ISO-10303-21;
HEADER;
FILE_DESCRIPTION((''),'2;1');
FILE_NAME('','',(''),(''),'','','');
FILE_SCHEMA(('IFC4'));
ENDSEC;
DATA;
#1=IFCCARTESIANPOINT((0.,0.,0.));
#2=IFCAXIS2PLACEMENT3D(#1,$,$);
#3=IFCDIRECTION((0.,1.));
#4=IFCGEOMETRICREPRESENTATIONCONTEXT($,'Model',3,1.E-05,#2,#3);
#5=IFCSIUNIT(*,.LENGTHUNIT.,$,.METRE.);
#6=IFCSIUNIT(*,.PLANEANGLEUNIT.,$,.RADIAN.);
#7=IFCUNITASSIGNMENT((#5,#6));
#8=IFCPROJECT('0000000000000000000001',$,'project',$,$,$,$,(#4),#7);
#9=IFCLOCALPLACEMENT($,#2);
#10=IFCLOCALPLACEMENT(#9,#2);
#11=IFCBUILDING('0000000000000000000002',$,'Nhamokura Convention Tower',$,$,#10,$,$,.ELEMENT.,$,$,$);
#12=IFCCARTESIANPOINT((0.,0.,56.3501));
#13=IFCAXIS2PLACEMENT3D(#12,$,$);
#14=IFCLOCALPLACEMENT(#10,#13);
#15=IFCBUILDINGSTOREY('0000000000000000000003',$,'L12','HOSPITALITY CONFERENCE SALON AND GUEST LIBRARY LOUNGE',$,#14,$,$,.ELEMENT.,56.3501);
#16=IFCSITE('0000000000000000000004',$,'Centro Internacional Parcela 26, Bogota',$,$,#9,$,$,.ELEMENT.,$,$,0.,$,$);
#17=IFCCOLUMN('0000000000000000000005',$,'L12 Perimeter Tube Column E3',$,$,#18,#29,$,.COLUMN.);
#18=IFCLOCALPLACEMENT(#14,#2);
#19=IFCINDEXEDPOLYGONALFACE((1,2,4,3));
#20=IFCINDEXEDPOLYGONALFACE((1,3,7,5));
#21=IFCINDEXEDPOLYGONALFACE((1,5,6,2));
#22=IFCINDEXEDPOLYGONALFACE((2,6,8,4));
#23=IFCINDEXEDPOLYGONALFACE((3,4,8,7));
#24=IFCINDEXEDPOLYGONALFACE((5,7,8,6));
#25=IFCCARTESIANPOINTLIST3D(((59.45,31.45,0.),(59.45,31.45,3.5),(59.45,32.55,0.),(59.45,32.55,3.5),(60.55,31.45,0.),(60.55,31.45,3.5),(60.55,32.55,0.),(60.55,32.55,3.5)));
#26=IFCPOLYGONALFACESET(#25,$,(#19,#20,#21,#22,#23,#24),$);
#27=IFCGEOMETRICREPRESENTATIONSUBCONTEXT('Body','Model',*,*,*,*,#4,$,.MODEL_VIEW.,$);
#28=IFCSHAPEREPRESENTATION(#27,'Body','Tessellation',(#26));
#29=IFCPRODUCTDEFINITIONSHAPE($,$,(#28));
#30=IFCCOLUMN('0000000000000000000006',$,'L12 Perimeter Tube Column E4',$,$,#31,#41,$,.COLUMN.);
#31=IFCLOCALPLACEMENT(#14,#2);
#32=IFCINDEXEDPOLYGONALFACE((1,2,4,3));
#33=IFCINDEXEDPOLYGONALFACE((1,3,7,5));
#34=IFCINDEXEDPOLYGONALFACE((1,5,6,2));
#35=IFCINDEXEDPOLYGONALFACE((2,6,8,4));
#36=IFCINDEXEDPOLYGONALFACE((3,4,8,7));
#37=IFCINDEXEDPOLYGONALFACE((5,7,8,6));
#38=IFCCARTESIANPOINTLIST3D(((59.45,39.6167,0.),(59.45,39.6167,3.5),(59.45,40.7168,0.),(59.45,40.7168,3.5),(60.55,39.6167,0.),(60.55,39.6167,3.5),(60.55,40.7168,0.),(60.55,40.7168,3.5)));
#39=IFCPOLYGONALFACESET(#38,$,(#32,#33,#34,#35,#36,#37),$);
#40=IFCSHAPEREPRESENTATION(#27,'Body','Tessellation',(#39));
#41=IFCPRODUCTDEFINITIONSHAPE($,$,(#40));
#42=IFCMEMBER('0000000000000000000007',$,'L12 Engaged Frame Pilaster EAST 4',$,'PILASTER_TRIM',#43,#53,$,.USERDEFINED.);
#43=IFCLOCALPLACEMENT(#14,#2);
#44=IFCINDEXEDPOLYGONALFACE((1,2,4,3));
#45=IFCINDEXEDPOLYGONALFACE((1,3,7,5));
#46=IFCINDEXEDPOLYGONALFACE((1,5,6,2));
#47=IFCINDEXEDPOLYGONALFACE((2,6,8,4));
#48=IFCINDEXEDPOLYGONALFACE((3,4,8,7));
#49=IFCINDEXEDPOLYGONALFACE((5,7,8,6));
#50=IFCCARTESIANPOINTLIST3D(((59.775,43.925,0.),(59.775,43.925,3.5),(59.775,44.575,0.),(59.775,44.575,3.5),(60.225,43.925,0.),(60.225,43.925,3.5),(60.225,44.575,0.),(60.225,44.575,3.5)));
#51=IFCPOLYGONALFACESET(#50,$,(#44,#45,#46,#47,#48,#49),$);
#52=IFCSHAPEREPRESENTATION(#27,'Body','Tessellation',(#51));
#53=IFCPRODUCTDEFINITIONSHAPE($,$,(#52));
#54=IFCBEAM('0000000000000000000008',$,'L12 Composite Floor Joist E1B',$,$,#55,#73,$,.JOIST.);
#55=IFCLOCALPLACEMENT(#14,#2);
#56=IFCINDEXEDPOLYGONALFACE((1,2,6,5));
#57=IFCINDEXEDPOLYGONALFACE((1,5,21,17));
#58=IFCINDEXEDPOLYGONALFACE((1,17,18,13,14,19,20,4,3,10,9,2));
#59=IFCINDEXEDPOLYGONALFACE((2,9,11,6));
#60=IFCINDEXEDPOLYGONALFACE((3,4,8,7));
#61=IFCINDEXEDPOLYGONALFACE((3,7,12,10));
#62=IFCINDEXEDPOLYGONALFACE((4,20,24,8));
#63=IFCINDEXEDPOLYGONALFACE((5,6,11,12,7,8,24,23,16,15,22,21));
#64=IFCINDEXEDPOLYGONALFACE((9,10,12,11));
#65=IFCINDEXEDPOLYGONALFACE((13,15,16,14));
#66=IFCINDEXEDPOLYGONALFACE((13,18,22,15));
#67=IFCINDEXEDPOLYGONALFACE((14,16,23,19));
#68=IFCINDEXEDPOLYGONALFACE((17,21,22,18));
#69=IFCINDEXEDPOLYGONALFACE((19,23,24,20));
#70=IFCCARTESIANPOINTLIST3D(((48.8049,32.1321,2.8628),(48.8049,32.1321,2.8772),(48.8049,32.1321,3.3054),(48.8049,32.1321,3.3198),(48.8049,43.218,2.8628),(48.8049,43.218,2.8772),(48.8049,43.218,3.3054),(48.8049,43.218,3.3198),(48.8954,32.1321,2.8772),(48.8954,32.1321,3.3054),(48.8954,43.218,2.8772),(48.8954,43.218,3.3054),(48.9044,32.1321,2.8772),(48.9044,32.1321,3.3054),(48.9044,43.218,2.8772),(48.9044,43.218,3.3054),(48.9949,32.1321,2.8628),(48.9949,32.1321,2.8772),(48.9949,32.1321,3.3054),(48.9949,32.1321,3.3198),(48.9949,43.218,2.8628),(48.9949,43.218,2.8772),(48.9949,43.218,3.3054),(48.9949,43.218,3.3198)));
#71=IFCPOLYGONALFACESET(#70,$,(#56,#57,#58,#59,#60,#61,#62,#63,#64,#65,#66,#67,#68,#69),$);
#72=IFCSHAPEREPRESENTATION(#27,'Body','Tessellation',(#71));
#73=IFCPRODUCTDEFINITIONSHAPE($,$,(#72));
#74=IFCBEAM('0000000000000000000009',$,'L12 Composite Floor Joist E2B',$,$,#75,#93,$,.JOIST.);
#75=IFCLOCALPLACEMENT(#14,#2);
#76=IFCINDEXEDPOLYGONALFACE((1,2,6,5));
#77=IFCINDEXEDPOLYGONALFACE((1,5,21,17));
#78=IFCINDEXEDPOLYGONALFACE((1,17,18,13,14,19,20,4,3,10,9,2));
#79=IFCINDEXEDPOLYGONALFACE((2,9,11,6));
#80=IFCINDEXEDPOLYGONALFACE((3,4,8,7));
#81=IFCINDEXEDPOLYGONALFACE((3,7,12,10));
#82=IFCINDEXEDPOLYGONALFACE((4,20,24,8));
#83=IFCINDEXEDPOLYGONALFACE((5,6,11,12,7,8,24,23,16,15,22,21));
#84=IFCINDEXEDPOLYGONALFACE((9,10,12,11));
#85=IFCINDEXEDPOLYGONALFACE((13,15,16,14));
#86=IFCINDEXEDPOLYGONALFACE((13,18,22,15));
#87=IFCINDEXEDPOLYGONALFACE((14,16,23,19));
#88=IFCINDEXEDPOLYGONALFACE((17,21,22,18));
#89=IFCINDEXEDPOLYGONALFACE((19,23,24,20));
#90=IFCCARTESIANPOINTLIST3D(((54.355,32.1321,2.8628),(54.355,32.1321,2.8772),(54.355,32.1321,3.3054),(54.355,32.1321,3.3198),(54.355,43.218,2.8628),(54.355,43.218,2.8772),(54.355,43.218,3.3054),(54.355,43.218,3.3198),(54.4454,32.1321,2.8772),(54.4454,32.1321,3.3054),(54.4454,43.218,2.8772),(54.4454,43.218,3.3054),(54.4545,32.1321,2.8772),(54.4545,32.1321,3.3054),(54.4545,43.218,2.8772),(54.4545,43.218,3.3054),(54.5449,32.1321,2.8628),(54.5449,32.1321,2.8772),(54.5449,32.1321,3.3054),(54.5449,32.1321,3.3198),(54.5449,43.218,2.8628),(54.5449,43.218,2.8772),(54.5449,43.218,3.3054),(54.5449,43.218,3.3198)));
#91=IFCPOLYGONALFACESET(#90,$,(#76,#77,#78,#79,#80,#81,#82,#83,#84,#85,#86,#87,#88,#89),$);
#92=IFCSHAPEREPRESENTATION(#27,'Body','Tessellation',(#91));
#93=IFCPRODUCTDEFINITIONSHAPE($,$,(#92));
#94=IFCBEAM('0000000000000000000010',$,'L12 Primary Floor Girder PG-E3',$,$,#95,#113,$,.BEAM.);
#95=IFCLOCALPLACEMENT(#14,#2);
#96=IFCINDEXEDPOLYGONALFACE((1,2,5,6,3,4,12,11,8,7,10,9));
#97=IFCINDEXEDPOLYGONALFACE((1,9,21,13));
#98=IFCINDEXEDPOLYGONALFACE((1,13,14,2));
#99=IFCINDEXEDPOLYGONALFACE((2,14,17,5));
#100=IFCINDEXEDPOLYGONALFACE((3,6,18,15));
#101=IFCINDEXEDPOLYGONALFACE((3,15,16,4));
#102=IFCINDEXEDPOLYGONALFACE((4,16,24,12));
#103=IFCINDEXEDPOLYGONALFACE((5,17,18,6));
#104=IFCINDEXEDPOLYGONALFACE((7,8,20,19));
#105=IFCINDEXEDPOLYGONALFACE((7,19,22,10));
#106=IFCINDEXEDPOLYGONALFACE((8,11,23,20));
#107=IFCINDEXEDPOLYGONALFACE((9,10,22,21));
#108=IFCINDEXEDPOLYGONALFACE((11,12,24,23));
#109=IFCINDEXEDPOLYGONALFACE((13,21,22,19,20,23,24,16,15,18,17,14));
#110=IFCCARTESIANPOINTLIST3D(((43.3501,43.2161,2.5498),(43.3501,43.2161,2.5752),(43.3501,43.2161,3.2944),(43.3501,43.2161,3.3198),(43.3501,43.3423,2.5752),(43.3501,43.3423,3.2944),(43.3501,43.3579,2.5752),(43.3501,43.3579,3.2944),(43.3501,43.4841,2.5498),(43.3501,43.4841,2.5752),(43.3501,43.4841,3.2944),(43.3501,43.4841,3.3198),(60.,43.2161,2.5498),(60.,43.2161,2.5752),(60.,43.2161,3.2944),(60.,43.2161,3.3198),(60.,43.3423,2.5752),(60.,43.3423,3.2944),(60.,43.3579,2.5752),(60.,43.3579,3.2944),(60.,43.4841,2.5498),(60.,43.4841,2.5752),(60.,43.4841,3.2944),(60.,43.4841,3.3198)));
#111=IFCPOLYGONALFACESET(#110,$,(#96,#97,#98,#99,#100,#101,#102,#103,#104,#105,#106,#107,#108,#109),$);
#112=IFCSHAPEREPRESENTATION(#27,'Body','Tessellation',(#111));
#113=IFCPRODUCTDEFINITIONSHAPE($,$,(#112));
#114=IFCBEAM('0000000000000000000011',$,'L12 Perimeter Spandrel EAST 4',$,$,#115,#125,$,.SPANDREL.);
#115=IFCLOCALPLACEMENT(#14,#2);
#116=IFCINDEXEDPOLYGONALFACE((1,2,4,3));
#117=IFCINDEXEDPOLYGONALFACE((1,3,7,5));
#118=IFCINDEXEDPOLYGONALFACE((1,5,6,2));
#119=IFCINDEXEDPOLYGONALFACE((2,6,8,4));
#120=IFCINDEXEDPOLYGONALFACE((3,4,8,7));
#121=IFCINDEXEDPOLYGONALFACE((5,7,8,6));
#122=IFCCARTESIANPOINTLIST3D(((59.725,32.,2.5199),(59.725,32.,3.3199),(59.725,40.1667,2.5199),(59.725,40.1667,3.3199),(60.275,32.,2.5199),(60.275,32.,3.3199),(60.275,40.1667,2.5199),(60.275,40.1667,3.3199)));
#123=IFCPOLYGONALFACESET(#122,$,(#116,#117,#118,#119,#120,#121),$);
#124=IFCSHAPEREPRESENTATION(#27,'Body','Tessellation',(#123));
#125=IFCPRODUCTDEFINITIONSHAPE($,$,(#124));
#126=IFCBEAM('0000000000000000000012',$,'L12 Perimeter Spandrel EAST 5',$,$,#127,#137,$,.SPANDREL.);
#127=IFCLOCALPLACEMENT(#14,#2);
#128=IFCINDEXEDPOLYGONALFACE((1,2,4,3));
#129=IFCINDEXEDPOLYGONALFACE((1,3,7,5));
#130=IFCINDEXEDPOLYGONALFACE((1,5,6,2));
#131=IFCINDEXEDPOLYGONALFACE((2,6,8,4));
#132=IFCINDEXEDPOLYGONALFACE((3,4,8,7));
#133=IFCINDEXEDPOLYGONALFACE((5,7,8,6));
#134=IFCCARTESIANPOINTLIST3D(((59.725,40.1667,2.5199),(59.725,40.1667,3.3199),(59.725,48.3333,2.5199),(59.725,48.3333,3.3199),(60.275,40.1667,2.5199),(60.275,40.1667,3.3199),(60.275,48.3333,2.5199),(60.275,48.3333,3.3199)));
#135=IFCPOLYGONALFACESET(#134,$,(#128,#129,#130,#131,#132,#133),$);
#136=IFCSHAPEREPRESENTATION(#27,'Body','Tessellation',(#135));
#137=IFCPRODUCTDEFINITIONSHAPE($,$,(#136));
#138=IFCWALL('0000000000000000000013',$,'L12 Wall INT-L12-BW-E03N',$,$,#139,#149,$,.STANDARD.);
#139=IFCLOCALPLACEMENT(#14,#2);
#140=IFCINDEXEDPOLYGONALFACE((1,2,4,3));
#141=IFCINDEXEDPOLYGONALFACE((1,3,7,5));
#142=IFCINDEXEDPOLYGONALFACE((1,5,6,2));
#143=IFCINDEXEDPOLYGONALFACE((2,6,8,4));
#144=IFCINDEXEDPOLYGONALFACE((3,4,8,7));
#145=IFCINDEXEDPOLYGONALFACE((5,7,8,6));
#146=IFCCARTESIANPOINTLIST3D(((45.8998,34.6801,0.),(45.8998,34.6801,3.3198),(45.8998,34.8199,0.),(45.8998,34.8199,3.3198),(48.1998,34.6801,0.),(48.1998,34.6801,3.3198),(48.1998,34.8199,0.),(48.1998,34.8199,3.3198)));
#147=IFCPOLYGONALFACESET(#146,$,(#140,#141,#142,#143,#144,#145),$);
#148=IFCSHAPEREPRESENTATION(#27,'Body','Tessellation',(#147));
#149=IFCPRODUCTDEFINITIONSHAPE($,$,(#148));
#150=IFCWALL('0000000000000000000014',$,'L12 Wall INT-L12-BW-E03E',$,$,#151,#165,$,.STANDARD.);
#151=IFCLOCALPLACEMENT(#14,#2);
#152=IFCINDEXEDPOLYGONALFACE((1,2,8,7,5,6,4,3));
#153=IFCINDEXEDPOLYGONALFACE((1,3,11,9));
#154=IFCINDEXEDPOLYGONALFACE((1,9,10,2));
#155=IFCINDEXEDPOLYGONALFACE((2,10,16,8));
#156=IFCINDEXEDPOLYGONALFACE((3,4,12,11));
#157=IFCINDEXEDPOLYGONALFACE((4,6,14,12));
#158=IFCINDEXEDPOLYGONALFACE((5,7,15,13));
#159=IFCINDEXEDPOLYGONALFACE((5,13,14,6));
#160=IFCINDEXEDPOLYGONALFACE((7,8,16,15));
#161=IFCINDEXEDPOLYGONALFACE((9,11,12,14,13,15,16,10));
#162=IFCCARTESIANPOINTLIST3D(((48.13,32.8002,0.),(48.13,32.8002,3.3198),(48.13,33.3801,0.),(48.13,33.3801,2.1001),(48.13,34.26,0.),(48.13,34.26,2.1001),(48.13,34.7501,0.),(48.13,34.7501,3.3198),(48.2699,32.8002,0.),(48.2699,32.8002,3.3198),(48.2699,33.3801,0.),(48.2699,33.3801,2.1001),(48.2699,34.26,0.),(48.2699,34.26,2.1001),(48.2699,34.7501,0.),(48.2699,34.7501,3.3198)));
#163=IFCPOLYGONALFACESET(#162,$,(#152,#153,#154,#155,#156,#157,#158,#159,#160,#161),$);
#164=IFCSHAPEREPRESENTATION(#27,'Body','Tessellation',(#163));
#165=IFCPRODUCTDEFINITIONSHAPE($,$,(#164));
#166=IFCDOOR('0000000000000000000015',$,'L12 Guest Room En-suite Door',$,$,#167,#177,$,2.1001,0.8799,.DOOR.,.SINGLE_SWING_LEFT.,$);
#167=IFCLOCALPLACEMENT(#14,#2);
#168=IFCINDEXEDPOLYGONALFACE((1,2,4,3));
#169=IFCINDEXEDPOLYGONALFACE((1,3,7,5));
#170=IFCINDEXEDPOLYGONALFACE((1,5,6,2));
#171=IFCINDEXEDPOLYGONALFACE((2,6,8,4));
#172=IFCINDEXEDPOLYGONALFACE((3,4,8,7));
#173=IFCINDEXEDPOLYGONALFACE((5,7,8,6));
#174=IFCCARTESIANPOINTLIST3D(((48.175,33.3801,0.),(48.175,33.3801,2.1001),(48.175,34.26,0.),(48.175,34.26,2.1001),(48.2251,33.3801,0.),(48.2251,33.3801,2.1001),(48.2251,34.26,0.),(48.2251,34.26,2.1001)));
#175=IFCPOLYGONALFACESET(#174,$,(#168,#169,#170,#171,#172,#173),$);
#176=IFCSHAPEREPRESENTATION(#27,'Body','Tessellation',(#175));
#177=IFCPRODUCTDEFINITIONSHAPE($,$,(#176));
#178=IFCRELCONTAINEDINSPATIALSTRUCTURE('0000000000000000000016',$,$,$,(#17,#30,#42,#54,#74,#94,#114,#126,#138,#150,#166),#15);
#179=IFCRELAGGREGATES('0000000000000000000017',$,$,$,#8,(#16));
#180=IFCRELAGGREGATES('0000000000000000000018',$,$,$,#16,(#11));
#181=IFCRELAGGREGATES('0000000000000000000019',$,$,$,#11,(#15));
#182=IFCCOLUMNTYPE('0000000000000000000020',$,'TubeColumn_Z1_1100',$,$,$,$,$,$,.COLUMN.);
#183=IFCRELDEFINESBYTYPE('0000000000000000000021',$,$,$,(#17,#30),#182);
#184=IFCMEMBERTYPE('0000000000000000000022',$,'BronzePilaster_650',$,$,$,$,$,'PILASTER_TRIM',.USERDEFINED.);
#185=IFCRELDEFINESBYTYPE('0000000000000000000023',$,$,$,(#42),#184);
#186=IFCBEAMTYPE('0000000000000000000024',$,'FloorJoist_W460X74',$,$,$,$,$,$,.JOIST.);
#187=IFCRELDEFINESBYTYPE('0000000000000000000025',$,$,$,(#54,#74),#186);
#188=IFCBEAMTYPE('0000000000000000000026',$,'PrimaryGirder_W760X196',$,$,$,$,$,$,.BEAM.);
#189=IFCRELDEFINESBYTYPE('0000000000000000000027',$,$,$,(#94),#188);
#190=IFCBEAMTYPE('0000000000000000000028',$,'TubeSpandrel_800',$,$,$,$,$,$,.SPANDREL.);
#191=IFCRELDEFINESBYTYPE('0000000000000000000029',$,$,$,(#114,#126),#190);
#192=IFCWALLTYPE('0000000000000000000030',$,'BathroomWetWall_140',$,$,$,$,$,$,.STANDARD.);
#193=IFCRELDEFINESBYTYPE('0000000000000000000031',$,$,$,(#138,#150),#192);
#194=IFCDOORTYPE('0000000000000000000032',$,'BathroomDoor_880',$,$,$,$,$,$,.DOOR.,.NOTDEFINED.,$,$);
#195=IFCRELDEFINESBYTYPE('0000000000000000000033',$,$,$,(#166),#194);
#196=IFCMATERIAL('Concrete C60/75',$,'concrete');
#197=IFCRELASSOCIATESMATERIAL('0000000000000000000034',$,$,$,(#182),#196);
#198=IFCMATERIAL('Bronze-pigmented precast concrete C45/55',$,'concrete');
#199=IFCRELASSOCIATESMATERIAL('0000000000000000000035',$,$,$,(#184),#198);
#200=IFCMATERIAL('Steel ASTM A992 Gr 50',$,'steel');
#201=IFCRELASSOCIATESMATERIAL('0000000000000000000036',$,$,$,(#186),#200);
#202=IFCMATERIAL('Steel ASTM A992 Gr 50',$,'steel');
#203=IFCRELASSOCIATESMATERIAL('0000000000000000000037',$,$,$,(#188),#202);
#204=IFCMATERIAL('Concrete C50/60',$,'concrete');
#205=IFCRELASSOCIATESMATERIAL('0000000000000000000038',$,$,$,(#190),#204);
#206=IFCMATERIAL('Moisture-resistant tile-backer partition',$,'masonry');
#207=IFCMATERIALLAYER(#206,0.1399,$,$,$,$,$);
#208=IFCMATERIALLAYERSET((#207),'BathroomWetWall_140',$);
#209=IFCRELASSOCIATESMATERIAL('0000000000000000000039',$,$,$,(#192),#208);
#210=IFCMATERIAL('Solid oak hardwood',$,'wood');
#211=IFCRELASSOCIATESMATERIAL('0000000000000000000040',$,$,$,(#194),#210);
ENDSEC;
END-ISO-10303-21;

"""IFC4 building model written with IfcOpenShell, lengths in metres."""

from ifc_helpers import new_model, si_unit, direction, frame, frame_2d, origin, origin_2d, place, context, subcontext, project, spatial, rectangle, i_section, extrude, material, layer, layer_set, material_profile, profile_set, type_object, element, fill, save


model = new_model("IFC4")

# Units and contexts
model_context = context("Model", 3, precision=1e-05, world=origin(), true_north=direction((0.0, 1.0)))
body_context = subcontext(model_context, "Body", "Model", "MODEL_VIEW")
ifc_project = project(units=[si_unit("LENGTHUNIT", "METRE"), si_unit("PLANEANGLEUNIT", "RADIAN")], contexts=[model_context])

# Site, building, storey
site_placement = place(None, origin())
site = spatial("IfcSite", under=ifc_project, at=site_placement, Name="Centro Internacional Parcela 26, Bogota", CompositionType="ELEMENT", RefElevation=0.0)
building_placement = place(site_placement, origin())
building = spatial("IfcBuilding", under=site, at=building_placement, Name="Nhamokura Convention Tower", CompositionType="ELEMENT")
storey_placement = place(building_placement, frame((0.0, 0.0, 56.3501)))
storey = spatial("IfcBuildingStorey", under=building, at=storey_placement, Name="L12", Description="HOSPITALITY CONFERENCE SALON AND GUEST LIBRARY LOUNGE", CompositionType="ELEMENT", Elevation=56.3501)

# Columns
ifc_material_1 = material(Name="Concrete C60/75", Category="concrete")
ifc_material_profile_1 = material_profile(ifc_material_1, rectangle(XDim=1.1001, YDim=1.1001, at=origin_2d()))
ifc_profile_set_1 = profile_set([ifc_material_profile_1], Name="Concrete C60/75")
column_type = type_object("IfcColumnType", Name="TubeColumn_Z1_1100", PredefinedType="COLUMN", material=ifc_profile_set_1)
for number, where, z_axis, x_axis, name in (
    (1, (60.0, 32.0, 0.0), (0.0, 0.0, 1.0), (1.0, 0.0, 0.0), "L12 Perimeter Tube Column E3"),
    (2, (60.0, 40.1667, 0.0), (0.0, 0.0, 1.0), (1.0, 0.0, 0.0), "L12 Perimeter Tube Column E4"),
):
    element("IfcColumn", number, at=place(storey_placement, frame(where, z_axis=z_axis, x_axis=x_axis)), inside=storey, type_object=column_type, Name=name, PredefinedType="COLUMN", context=body_context, shape_type="SweptSolid", body=[
        extrude(rectangle(XDim=1.1001, YDim=1.1001, at=origin_2d()), origin(), (0.0, 0.0, 1.0), 3.5),
    ])

# Member
ifc_material_2 = material(Name="Bronze-pigmented precast concrete C45/55", Category="concrete")
ifc_material_profile_2 = material_profile(ifc_material_2, rectangle(XDim=0.45, YDim=0.6499, at=origin_2d()))
ifc_profile_set_2 = profile_set([ifc_material_profile_2], Name="Bronze-pigmented precast concrete C45/55")
member_type = type_object("IfcMemberType", Name="BronzePilaster_650", ElementType="PILASTER_TRIM", PredefinedType="USERDEFINED", material=ifc_profile_set_2)
member_placement = place(storey_placement, frame((60.0, 44.25, 0.0), z_axis=(0.0, 0.0, 1.0), x_axis=(1.0, 0.0, 0.0)))
element("IfcMember", 3, at=member_placement, inside=storey, type_object=member_type, Name="L12 Engaged Frame Pilaster EAST 4", ObjectType="PILASTER_TRIM", PredefinedType="USERDEFINED", context=body_context, shape_type="SweptSolid", body=[
    extrude(rectangle(XDim=0.45, YDim=0.6499, at=origin_2d()), origin(), (0.0, 0.0, 1.0), 3.5),
])

# Beams
ifc_material_3 = material(Name="Steel ASTM A992 Gr 50", Category="steel")
ifc_material_profile_3 = material_profile(ifc_material_3, i_section(OverallWidth=0.1899, OverallDepth=0.457, WebThickness=0.009, FlangeThickness=0.0144, at=origin_2d()))
ifc_profile_set_3 = profile_set([ifc_material_profile_3], Name="Steel ASTM A992 Gr 50")
beam_type_1 = type_object("IfcBeamType", Name="FloorJoist_W460X74", PredefinedType="JOIST", material=ifc_profile_set_3)
for number, where, z_axis, x_axis, name in (
    (4, (48.8999, 32.1321, 3.0913), (0.0, 1.0, 0.0), (-1.0, 0.0, 0.0), "L12 Composite Floor Joist E1B"),
    (5, (54.45, 32.1321, 3.0913), (0.0, 1.0, 0.0), (-1.0, 0.0, 0.0), "L12 Composite Floor Joist E2B"),
):
    element("IfcBeam", number, at=place(storey_placement, frame(where, z_axis=z_axis, x_axis=x_axis)), inside=storey, type_object=beam_type_1, Name=name, PredefinedType="JOIST", context=body_context, shape_type="SweptSolid", body=[
        extrude(i_section(OverallWidth=0.1899, OverallDepth=0.457, WebThickness=0.009, FlangeThickness=0.0144, at=origin_2d()), origin(), (0.0, 0.0, 1.0), 11.0859),
    ])
ifc_material_4 = material(Name="Steel ASTM A992 Gr 50", Category="steel")
ifc_material_profile_4 = material_profile(ifc_material_4, i_section(OverallWidth=0.2681, OverallDepth=0.77, WebThickness=0.0156, FlangeThickness=0.0254, at=origin_2d()))
ifc_profile_set_4 = profile_set([ifc_material_profile_4], Name="Steel ASTM A992 Gr 50")
beam_type_2 = type_object("IfcBeamType", Name="PrimaryGirder_W760X196", PredefinedType="BEAM", material=ifc_profile_set_4)
beam_1_placement = place(storey_placement, frame((43.3501, 43.3501, 2.9348), z_axis=(1.0, 0.0, 0.0), x_axis=(0.0, 1.0, 0.0)))
element("IfcBeam", 6, at=beam_1_placement, inside=storey, type_object=beam_type_2, Name="L12 Primary Floor Girder PG-E3", PredefinedType="BEAM", context=body_context, shape_type="SweptSolid", body=[
    extrude(i_section(OverallWidth=0.2681, OverallDepth=0.77, WebThickness=0.0156, FlangeThickness=0.0254, at=origin_2d()), origin(), (0.0, 0.0, 1.0), 16.6499),
])
ifc_material_5 = material(Name="Concrete C50/60", Category="concrete")
ifc_material_profile_5 = material_profile(ifc_material_5, rectangle(XDim=0.55, YDim=0.8, at=origin_2d()))
ifc_profile_set_5 = profile_set([ifc_material_profile_5], Name="Concrete C50/60")
beam_type_3 = type_object("IfcBeamType", Name="TubeSpandrel_800", PredefinedType="SPANDREL", material=ifc_profile_set_5)
beam_2_placement = place(storey_placement, frame((60.0, 32.0, 2.9199), z_axis=(0.0, 1.0, 0.0), x_axis=(-1.0, 0.0, 0.0)))
element("IfcBeam", 7, at=beam_2_placement, inside=storey, type_object=beam_type_3, Name="L12 Perimeter Spandrel EAST 4", PredefinedType="SPANDREL", context=body_context, shape_type="SweptSolid", body=[
    extrude(rectangle(XDim=0.55, YDim=0.8, at=origin_2d()), origin(), (0.0, 0.0, 1.0), 8.1667),
])
beam_3_placement = place(storey_placement, frame((60.0, 40.1667, 2.9199), z_axis=(0.0, 1.0, 0.0), x_axis=(-1.0, 0.0, 0.0)))
element("IfcBeam", 8, at=beam_3_placement, inside=storey, type_object=beam_type_3, Name="L12 Perimeter Spandrel EAST 5", PredefinedType="SPANDREL", context=body_context, shape_type="SweptSolid", body=[
    extrude(rectangle(XDim=0.55, YDim=0.8, at=origin_2d()), origin(), (0.0, 0.0, 1.0), 8.1665),
])

# Wall
ifc_material_6 = material(Name="Moisture-resistant tile-backer partition", Category="masonry")
ifc_layer_1 = layer(ifc_material_6, 0.1399)
ifc_layer_set_1 = layer_set([ifc_layer_1], Name="BathroomWetWall_140")
wall_type_1 = type_object("IfcWallType", Name="BathroomWetWall_140", PredefinedType="STANDARD", material=ifc_layer_set_1)
wall_1_placement = place(storey_placement, frame((45.8999, 34.75, 0.0), z_axis=(0.0, 0.0, 1.0), x_axis=(1.0, 0.0, 0.0)))
element("IfcWall", 9, at=wall_1_placement, inside=storey, type_object=wall_type_1, Name="L12 Wall INT-L12-BW-E03N", PredefinedType="STANDARD", context=body_context, shape_type="SweptSolid", body=[
    extrude(rectangle(XDim=2.3, YDim=0.1399, at=frame_2d((1.1499, 0.0))), origin(), (0.0, 0.0, 1.0), 3.3198),
])

# Wall, opening, door
wall_2_placement = place(storey_placement, frame((48.2, 32.8, 0.0), z_axis=(0.0, 0.0, 1.0), x_axis=(0.0, 1.0, 0.0)))
wall_2 = element("IfcWall", 10, at=wall_2_placement, inside=storey, type_object=wall_type_1, Name="L12 Wall INT-L12-BW-E03E", PredefinedType="STANDARD", context=body_context, shape_type="SweptSolid", body=[
    extrude(rectangle(XDim=1.95, YDim=0.1399, at=frame_2d((0.9751, 0.0))), origin(), (0.0, 0.0, 1.0), 3.3198),
])
opening_1_placement = place(wall_2_placement, frame((0.5801, 0.0, 0.0)))
opening_1 = element("IfcOpeningElement", 11, at=opening_1_placement, cuts=wall_2, PredefinedType="OPENING", context=body_context, shape_type="SweptSolid", body=[
    extrude(rectangle(XDim=0.8799, YDim=2.1001, at=frame_2d((0.4399, 1.05))), frame((0.0, 0.0798, 0.0), z_axis=(0.0, -1.0, 0.0), x_axis=(1.0, 0.0, 0.0)), (0.0, 0.0, 1.0), 0.1599),
])
ifc_material_7 = material(Name="Solid oak hardwood", Category="wood")
door_type_1 = type_object("IfcDoorType", Name="BathroomDoor_880", OperationType="NOTDEFINED", PredefinedType="DOOR", material=ifc_material_7)
door_1_placement = place(opening_1_placement, origin())
door_1 = element("IfcDoor", 12, at=door_1_placement, inside=storey, type_object=door_type_1, Name="L12 Guest Room En-suite Door", OperationType="SINGLE_SWING_LEFT", OverallHeight=2.1001, OverallWidth=0.8799, PredefinedType="DOOR", context=body_context, shape_type="SweptSolid", body=[
    extrude(rectangle(XDim=0.8799, YDim=2.1001, at=frame_2d((0.4399, 1.05))), frame((0.0, 0.0249, 0.0), z_axis=(0.0, -1.0, 0.0), x_axis=(1.0, 0.0, 0.0)), (0.0, 0.0, 1.0), 0.05),
])
fill(opening_1, door_1)

save(model, "model.ifc")
